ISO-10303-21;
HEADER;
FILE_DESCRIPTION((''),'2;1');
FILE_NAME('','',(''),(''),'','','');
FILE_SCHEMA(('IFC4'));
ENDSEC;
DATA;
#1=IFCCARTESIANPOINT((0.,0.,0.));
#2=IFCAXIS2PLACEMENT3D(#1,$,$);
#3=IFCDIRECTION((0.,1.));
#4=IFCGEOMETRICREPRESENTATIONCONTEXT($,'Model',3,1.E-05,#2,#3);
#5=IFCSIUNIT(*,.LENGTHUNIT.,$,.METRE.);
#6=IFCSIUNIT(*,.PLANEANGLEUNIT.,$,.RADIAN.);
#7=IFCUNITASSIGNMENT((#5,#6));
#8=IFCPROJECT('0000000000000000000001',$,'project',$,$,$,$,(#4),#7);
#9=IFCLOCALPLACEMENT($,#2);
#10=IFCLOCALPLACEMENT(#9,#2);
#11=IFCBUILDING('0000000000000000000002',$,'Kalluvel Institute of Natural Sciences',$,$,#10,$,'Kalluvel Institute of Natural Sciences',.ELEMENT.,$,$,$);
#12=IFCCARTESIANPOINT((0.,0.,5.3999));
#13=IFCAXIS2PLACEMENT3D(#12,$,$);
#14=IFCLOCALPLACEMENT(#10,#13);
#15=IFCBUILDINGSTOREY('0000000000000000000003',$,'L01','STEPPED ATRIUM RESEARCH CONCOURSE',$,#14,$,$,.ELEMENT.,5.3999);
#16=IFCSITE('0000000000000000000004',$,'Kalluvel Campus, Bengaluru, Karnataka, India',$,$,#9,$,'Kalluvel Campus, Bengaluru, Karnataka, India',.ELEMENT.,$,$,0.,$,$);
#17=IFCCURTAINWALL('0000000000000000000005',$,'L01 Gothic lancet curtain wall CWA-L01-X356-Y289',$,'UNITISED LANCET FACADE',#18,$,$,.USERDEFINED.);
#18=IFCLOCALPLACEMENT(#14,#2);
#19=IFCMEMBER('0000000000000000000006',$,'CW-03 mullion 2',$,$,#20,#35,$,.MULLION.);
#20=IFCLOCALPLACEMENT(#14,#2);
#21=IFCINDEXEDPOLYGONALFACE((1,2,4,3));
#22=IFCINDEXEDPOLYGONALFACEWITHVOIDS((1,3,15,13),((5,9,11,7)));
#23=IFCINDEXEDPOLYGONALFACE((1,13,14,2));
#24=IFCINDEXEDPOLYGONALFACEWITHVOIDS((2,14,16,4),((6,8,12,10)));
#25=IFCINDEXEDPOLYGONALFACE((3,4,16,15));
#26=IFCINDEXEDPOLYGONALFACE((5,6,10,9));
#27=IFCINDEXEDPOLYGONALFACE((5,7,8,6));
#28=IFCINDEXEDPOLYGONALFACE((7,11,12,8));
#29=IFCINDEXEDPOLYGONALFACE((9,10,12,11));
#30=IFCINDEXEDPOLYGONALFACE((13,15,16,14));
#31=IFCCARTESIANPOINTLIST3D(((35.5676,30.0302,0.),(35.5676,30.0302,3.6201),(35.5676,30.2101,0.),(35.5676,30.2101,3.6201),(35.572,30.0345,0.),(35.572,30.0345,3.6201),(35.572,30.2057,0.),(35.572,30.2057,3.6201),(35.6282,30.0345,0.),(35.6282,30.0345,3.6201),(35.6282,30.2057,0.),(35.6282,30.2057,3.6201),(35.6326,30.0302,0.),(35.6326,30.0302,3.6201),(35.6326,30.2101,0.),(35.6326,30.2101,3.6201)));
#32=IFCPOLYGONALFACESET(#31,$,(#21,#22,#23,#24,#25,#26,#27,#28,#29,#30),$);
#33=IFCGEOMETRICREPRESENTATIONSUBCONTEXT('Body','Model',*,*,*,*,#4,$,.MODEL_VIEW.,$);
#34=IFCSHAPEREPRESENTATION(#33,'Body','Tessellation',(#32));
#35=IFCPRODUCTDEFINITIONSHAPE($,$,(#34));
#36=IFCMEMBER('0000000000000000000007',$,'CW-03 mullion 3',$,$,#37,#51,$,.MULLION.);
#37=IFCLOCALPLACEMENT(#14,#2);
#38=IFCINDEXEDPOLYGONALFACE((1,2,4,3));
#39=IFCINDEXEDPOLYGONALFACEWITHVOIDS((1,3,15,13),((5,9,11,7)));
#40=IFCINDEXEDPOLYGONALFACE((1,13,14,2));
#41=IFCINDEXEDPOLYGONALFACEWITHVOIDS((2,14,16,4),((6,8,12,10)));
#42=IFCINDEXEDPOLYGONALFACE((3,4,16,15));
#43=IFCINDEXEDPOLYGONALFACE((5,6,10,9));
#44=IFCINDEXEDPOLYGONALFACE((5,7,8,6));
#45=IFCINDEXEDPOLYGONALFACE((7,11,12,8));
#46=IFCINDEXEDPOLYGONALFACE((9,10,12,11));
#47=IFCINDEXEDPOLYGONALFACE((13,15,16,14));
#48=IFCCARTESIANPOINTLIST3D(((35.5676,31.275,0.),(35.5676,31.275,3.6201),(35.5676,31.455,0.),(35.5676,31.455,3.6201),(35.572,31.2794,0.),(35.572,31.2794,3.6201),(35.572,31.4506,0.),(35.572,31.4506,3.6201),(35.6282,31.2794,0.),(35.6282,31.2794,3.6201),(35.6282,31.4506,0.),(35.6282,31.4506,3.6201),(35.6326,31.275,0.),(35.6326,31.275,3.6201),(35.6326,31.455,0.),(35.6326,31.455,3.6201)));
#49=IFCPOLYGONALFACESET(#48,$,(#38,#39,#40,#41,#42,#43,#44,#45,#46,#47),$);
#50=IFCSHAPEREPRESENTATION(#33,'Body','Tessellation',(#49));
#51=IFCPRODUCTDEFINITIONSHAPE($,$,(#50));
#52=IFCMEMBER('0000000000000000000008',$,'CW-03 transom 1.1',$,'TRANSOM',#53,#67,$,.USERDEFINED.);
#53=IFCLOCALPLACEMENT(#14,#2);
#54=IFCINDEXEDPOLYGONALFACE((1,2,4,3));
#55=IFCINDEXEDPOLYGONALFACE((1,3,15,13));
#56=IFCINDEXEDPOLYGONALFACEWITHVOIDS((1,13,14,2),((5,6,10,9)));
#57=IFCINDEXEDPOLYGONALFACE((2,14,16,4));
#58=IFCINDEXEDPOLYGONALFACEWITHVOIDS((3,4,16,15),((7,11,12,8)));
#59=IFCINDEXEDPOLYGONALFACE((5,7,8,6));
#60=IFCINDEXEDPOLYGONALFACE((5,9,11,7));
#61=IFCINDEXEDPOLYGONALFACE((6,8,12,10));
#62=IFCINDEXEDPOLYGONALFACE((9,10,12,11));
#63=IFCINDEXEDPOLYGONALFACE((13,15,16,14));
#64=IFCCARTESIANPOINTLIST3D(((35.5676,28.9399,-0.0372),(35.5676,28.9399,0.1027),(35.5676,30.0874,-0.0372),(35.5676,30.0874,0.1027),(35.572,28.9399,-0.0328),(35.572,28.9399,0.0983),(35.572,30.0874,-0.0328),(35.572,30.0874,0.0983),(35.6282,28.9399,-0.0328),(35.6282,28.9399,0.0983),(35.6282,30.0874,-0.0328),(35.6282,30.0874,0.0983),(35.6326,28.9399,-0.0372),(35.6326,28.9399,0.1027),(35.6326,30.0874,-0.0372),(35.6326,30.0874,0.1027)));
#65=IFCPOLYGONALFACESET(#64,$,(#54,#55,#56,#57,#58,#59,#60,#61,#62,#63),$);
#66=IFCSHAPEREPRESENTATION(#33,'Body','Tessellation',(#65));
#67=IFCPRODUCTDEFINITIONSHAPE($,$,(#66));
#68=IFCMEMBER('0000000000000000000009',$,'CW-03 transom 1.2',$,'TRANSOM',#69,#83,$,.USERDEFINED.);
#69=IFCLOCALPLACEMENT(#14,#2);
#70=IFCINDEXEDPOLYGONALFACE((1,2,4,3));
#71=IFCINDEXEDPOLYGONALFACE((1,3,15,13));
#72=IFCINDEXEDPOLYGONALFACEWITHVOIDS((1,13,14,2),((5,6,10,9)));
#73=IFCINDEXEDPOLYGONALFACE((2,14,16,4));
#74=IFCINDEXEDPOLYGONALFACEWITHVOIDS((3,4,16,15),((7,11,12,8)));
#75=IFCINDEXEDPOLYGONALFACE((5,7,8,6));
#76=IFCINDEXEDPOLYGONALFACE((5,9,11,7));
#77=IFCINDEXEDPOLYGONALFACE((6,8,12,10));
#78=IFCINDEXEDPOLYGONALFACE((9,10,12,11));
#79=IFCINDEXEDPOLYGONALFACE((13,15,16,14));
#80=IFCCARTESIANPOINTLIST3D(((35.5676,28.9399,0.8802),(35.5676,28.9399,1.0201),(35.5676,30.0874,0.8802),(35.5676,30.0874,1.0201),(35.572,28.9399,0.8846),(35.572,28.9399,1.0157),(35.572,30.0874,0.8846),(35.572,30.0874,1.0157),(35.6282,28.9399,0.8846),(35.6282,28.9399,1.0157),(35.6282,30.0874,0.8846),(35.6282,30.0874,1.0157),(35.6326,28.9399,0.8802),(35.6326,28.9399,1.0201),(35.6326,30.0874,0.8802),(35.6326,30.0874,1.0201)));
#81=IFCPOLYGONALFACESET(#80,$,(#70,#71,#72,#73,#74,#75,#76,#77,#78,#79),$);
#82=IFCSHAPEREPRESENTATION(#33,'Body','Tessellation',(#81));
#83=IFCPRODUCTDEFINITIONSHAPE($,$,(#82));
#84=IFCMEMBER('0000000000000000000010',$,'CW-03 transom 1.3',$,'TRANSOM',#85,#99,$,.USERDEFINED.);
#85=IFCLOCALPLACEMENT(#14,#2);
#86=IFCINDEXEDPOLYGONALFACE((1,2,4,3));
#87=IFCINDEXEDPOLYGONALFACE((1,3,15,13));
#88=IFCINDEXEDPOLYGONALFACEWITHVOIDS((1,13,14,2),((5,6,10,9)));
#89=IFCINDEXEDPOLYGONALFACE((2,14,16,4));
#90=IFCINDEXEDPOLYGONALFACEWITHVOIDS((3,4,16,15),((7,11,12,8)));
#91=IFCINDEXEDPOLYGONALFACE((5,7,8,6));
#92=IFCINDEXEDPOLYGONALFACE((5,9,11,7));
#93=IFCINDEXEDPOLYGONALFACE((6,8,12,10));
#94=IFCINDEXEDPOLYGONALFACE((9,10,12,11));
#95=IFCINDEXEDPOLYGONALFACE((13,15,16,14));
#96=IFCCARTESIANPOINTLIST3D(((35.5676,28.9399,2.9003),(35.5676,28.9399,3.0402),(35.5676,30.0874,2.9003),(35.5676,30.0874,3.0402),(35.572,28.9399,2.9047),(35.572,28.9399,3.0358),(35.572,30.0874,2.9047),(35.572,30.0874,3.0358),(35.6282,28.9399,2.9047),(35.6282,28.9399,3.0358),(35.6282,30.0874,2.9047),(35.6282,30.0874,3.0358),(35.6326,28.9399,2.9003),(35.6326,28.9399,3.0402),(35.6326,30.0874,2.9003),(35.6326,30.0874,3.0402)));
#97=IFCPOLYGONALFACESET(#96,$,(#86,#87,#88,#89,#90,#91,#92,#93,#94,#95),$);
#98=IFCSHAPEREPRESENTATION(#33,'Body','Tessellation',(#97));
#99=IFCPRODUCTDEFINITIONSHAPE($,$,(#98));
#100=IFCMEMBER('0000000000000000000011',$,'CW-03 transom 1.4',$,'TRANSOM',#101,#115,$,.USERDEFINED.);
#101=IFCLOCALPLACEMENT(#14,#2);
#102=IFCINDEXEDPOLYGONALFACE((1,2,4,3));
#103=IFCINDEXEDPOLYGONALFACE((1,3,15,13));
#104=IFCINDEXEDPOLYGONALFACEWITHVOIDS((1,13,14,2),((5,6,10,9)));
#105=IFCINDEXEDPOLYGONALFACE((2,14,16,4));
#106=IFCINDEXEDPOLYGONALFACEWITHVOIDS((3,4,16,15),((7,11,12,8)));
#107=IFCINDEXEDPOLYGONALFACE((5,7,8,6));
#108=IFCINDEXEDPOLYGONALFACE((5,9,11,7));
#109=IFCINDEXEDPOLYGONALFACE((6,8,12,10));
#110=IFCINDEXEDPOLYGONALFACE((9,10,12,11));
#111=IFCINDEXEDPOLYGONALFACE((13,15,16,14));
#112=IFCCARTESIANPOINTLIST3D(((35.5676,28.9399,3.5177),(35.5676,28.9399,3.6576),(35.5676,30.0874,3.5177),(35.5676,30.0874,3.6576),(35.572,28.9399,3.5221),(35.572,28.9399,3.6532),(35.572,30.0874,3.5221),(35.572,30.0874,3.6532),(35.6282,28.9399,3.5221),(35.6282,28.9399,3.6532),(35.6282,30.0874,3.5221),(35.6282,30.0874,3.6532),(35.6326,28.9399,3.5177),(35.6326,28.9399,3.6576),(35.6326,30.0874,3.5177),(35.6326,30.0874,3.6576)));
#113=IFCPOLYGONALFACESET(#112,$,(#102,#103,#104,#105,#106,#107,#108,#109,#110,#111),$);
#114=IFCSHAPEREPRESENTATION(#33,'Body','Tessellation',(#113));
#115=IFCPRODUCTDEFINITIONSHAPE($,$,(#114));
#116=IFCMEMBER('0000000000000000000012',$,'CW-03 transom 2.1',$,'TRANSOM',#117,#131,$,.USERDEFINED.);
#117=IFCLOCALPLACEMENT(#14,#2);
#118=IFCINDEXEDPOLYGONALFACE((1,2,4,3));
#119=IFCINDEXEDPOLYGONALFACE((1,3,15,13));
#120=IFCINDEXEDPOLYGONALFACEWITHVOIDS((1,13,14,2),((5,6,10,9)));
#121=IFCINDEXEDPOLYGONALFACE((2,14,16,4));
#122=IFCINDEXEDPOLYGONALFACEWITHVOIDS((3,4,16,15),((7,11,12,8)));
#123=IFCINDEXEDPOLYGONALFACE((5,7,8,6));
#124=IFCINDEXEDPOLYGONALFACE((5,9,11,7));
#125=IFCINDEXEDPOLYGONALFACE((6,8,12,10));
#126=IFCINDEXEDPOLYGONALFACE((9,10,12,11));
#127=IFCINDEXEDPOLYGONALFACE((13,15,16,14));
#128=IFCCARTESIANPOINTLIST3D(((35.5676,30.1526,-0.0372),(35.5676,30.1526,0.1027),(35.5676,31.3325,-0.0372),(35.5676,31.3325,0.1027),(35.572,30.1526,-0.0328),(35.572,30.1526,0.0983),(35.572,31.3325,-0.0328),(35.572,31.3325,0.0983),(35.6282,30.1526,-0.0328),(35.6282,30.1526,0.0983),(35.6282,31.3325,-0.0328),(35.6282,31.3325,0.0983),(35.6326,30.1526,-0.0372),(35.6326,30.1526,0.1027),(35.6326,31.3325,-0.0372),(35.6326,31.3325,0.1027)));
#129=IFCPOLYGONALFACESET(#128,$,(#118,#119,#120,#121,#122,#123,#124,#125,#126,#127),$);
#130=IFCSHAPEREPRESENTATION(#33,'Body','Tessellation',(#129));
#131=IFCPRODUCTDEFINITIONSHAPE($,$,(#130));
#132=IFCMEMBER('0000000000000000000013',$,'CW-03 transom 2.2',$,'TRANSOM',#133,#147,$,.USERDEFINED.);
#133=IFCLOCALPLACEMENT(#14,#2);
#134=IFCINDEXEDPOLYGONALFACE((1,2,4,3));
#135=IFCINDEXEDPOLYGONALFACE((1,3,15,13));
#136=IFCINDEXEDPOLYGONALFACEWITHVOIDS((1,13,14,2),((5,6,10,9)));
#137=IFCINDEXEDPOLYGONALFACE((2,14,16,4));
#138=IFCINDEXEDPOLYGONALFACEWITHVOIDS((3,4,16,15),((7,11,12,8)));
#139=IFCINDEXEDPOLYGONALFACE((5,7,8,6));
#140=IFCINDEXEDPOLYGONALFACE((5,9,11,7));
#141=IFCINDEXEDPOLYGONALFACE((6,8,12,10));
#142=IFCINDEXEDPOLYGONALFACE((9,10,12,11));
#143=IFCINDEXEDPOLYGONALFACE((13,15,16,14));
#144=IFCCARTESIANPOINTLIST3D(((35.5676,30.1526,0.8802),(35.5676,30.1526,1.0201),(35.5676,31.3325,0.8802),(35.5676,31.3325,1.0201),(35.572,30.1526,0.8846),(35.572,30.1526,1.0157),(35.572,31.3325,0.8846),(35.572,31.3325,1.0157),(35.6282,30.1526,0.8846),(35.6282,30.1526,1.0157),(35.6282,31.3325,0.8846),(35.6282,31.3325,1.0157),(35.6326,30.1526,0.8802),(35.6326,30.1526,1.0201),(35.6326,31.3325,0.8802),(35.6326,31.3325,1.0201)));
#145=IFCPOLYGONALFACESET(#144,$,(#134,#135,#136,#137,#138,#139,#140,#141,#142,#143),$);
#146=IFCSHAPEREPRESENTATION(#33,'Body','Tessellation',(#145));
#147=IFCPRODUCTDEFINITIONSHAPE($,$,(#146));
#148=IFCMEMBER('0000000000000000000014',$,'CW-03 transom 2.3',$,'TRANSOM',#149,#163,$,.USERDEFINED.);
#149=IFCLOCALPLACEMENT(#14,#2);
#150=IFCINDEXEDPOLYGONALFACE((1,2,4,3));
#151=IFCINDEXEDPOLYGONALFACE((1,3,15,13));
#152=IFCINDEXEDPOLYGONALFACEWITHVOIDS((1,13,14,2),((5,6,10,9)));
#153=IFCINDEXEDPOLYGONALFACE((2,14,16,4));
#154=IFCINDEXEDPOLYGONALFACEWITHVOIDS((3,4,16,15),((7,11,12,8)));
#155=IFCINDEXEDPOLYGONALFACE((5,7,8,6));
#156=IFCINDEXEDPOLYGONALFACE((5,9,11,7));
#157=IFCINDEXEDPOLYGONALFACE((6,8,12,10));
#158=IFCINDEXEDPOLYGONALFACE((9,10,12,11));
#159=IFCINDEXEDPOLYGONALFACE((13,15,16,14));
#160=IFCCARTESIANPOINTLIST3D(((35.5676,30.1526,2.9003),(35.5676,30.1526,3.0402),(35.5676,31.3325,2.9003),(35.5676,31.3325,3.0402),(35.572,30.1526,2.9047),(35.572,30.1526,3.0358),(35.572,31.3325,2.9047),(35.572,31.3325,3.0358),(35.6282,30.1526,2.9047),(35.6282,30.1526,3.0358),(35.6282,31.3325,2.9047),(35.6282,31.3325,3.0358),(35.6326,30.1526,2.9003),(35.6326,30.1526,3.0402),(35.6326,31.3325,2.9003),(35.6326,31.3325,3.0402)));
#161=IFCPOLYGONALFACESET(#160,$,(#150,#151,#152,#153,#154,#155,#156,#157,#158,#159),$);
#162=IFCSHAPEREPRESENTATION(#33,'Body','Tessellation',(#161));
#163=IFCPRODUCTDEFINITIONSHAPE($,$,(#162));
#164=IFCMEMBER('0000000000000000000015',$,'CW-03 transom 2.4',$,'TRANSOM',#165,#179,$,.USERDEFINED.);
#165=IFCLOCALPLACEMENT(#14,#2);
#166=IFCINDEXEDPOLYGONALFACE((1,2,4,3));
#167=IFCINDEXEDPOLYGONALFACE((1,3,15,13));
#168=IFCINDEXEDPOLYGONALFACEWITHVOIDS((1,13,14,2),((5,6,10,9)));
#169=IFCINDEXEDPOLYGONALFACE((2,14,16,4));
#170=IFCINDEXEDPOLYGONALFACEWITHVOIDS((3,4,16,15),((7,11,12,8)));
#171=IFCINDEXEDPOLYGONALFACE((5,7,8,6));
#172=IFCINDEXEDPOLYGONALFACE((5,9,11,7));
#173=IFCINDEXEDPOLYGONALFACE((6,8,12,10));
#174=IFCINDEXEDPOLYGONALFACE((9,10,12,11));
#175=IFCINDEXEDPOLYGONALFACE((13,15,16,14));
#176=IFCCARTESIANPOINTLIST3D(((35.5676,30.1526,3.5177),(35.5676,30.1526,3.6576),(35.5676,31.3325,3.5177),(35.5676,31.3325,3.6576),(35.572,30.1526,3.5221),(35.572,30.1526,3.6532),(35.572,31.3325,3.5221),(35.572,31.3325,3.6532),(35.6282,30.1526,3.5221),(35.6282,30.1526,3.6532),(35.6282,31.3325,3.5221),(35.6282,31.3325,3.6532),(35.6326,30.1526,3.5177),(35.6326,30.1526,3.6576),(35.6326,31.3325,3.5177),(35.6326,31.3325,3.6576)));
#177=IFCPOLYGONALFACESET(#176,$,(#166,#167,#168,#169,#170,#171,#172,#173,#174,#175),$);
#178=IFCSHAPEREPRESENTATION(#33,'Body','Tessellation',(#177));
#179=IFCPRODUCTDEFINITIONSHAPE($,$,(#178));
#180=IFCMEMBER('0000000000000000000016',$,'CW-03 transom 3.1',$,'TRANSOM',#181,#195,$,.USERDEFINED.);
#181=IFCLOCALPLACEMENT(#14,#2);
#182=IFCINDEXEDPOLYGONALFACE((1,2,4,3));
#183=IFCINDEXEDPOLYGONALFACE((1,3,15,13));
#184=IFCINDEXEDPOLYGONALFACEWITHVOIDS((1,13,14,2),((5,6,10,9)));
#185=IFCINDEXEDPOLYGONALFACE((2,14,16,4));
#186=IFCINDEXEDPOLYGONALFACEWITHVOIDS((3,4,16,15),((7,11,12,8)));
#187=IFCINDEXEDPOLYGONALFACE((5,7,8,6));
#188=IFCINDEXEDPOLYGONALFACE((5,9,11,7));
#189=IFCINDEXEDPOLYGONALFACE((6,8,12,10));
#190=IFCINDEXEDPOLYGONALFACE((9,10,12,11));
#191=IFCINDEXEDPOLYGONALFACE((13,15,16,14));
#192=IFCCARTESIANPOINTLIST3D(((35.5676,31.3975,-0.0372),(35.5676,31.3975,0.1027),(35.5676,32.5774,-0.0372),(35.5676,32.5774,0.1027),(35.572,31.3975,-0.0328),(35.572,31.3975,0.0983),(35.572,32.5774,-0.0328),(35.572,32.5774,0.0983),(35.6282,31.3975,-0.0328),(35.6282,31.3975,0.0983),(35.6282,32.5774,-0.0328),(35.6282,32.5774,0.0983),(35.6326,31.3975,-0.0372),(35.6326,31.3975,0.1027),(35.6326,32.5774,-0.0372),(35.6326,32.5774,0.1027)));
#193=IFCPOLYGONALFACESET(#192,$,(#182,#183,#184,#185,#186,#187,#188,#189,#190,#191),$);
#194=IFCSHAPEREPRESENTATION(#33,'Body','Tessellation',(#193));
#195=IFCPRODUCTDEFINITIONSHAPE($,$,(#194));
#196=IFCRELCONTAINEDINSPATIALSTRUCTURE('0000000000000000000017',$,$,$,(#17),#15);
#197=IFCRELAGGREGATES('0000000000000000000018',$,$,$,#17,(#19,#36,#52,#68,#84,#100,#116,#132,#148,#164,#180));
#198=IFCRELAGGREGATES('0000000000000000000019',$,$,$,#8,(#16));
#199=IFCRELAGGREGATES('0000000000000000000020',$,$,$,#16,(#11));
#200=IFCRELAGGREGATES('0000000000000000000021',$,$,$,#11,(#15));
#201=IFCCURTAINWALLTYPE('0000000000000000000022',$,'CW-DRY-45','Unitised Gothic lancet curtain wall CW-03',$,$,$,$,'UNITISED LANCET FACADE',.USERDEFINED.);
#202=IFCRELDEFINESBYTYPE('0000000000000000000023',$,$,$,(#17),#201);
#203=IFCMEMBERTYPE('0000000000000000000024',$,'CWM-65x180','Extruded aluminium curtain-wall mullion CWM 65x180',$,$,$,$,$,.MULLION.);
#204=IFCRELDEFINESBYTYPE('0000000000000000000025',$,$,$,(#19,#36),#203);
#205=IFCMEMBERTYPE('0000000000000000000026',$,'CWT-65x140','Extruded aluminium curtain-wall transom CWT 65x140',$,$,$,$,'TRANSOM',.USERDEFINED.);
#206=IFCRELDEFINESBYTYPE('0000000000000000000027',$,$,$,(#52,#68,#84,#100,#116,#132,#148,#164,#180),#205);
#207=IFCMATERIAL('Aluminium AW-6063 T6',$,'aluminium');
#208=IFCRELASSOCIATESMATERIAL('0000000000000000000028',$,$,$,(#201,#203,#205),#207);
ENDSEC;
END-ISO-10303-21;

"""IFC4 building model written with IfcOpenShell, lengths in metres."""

from ifc_helpers import new_model, si_unit, direction, frame, origin, origin_2d, place, context, subcontext, project, spatial, hollow_rectangle, extrude, material, material_profile, profile_set, type_object, element, aggregate, save


model = new_model("IFC4")

# Units and contexts
model_context = context("Model", 3, precision=1e-05, world=origin(), true_north=direction((0.0, 1.0)))
body_context = subcontext(model_context, "Body", "Model", "MODEL_VIEW")
ifc_project = project(units=[si_unit("LENGTHUNIT", "METRE"), si_unit("PLANEANGLEUNIT", "RADIAN")], contexts=[model_context])

# Site, building, storey
site_placement = place(None, origin())
site = spatial("IfcSite", under=ifc_project, at=site_placement, Name="Kalluvel Campus, Bengaluru, Karnataka, India", LongName="Kalluvel Campus, Bengaluru, Karnataka, India", CompositionType="ELEMENT", RefElevation=0.0)
building_placement = place(site_placement, origin())
building = spatial("IfcBuilding", under=site, at=building_placement, Name="Kalluvel Institute of Natural Sciences", LongName="Kalluvel Institute of Natural Sciences", CompositionType="ELEMENT")
storey_placement = place(building_placement, frame((0.0, 0.0, 5.3999)))
storey = spatial("IfcBuildingStorey", under=building, at=storey_placement, Name="L01", Description="STEPPED ATRIUM RESEARCH CONCOURSE", CompositionType="ELEMENT", Elevation=5.3999)

# Curtain wall, members
ifc_material_1 = material(Name="Aluminium AW-6063 T6", Category="aluminium")
curtain_wall_type = type_object("IfcCurtainWallType", Name="CW-DRY-45", Description="Unitised Gothic lancet curtain wall CW-03", ElementType="UNITISED LANCET FACADE", PredefinedType="USERDEFINED", material=ifc_material_1)
curtain_wall_placement = place(storey_placement, origin())
curtain_wall = element("IfcCurtainWall", 1, at=curtain_wall_placement, inside=storey, type_object=curtain_wall_type, Name="L01 Gothic lancet curtain wall CWA-L01-X356-Y289", ObjectType="UNITISED LANCET FACADE", PredefinedType="USERDEFINED")
ifc_material_profile_1 = material_profile(ifc_material_1, hollow_rectangle(XDim=0.0649, YDim=0.1799, WallThickness=0.0044, at=origin_2d()), Name="CWM 65x180")
ifc_profile_set_1 = profile_set([ifc_material_profile_1], Name="Aluminium AW-6063 T6")
member_type_1 = type_object("IfcMemberType", Name="CWM-65x180", Description="Extruded aluminium curtain-wall mullion CWM 65x180", PredefinedType="MULLION", material=ifc_profile_set_1)
member_1_placement = place(storey_placement, frame((35.6001, 30.1201, 0.0), z_axis=(0.0, 0.0, 1.0), x_axis=(-1.0, 0.0, 0.0)))
member_1 = element("IfcMember", 2, at=member_1_placement, type_object=member_type_1, Name="CW-03 mullion 2", PredefinedType="MULLION", context=body_context, shape_type="SweptSolid", body=[
    extrude(hollow_rectangle(XDim=0.0649, YDim=0.1799, WallThickness=0.0044, at=origin_2d()), origin(), (0.0, 0.0, 1.0), 3.6201),
])
member_2_placement = place(storey_placement, frame((35.6001, 31.365, 0.0), z_axis=(0.0, 0.0, 1.0), x_axis=(-1.0, 0.0, 0.0)))
member_2 = element("IfcMember", 3, at=member_2_placement, type_object=member_type_1, Name="CW-03 mullion 3", PredefinedType="MULLION", context=body_context, shape_type="SweptSolid", body=[
    extrude(hollow_rectangle(XDim=0.0649, YDim=0.1799, WallThickness=0.0044, at=origin_2d()), origin(), (0.0, 0.0, 1.0), 3.6201),
])
ifc_material_profile_2 = material_profile(ifc_material_1, hollow_rectangle(XDim=0.0649, YDim=0.1399, WallThickness=0.0044, at=origin_2d()), Name="CWT 65x140")
ifc_profile_set_2 = profile_set([ifc_material_profile_2], Name="Aluminium AW-6063 T6")
member_type_2 = type_object("IfcMemberType", Name="CWT-65x140", Description="Extruded aluminium curtain-wall transom CWT 65x140", ElementType="TRANSOM", PredefinedType="USERDEFINED", material=ifc_profile_set_2)
member_3_placement = place(storey_placement, frame((35.6001, 28.9399, 0.0327), z_axis=(0.0, 1.0, 0.0), x_axis=(-1.0, 0.0, 0.0)))
member_3 = element("IfcMember", 4, at=member_3_placement, type_object=member_type_2, Name="CW-03 transom 1.1", ObjectType="TRANSOM", PredefinedType="USERDEFINED", context=body_context, shape_type="SweptSolid", body=[
    extrude(hollow_rectangle(XDim=0.0649, YDim=0.1399, WallThickness=0.0044, at=origin_2d()), origin(), (0.0, 0.0, 1.0), 1.1475),
])
member_4_placement = place(storey_placement, frame((35.6001, 28.9399, 0.9502), z_axis=(0.0, 1.0, 0.0), x_axis=(-1.0, 0.0, 0.0)))
member_4 = element("IfcMember", 5, at=member_4_placement, type_object=member_type_2, Name="CW-03 transom 1.2", ObjectType="TRANSOM", PredefinedType="USERDEFINED", context=body_context, shape_type="SweptSolid", body=[
    extrude(hollow_rectangle(XDim=0.0649, YDim=0.1399, WallThickness=0.0044, at=origin_2d()), origin(), (0.0, 0.0, 1.0), 1.1475),
])
member_5_placement = place(storey_placement, frame((35.6001, 28.9399, 2.9702), z_axis=(0.0, 1.0, 0.0), x_axis=(-1.0, 0.0, 0.0)))
member_5 = element("IfcMember", 6, at=member_5_placement, type_object=member_type_2, Name="CW-03 transom 1.3", ObjectType="TRANSOM", PredefinedType="USERDEFINED", context=body_context, shape_type="SweptSolid", body=[
    extrude(hollow_rectangle(XDim=0.0649, YDim=0.1399, WallThickness=0.0044, at=origin_2d()), origin(), (0.0, 0.0, 1.0), 1.1475),
])
member_6_placement = place(storey_placement, frame((35.6001, 28.9399, 3.5876), z_axis=(0.0, 1.0, 0.0), x_axis=(-1.0, 0.0, 0.0)))
member_6 = element("IfcMember", 7, at=member_6_placement, type_object=member_type_2, Name="CW-03 transom 1.4", ObjectType="TRANSOM", PredefinedType="USERDEFINED", context=body_context, shape_type="SweptSolid", body=[
    extrude(hollow_rectangle(XDim=0.0649, YDim=0.1399, WallThickness=0.0044, at=origin_2d()), origin(), (0.0, 0.0, 1.0), 1.1475),
])
member_7_placement = place(storey_placement, frame((35.6001, 30.1526, 0.0327), z_axis=(0.0, 1.0, 0.0), x_axis=(-1.0, 0.0, 0.0)))
member_7 = element("IfcMember", 8, at=member_7_placement, type_object=member_type_2, Name="CW-03 transom 2.1", ObjectType="TRANSOM", PredefinedType="USERDEFINED", context=body_context, shape_type="SweptSolid", body=[
    extrude(hollow_rectangle(XDim=0.0649, YDim=0.1399, WallThickness=0.0044, at=origin_2d()), origin(), (0.0, 0.0, 1.0), 1.1799),
])
member_8_placement = place(storey_placement, frame((35.6001, 30.1526, 0.9502), z_axis=(0.0, 1.0, 0.0), x_axis=(-1.0, 0.0, 0.0)))
member_8 = element("IfcMember", 9, at=member_8_placement, type_object=member_type_2, Name="CW-03 transom 2.2", ObjectType="TRANSOM", PredefinedType="USERDEFINED", context=body_context, shape_type="SweptSolid", body=[
    extrude(hollow_rectangle(XDim=0.0649, YDim=0.1399, WallThickness=0.0044, at=origin_2d()), origin(), (0.0, 0.0, 1.0), 1.1799),
])
member_9_placement = place(storey_placement, frame((35.6001, 30.1526, 2.9702), z_axis=(0.0, 1.0, 0.0), x_axis=(-1.0, 0.0, 0.0)))
member_9 = element("IfcMember", 10, at=member_9_placement, type_object=member_type_2, Name="CW-03 transom 2.3", ObjectType="TRANSOM", PredefinedType="USERDEFINED", context=body_context, shape_type="SweptSolid", body=[
    extrude(hollow_rectangle(XDim=0.0649, YDim=0.1399, WallThickness=0.0044, at=origin_2d()), origin(), (0.0, 0.0, 1.0), 1.1799),
])
member_10_placement = place(storey_placement, frame((35.6001, 30.1526, 3.5876), z_axis=(0.0, 1.0, 0.0), x_axis=(-1.0, 0.0, 0.0)))
member_10 = element("IfcMember", 11, at=member_10_placement, type_object=member_type_2, Name="CW-03 transom 2.4", ObjectType="TRANSOM", PredefinedType="USERDEFINED", context=body_context, shape_type="SweptSolid", body=[
    extrude(hollow_rectangle(XDim=0.0649, YDim=0.1399, WallThickness=0.0044, at=origin_2d()), origin(), (0.0, 0.0, 1.0), 1.1799),
])
member_11_placement = place(storey_placement, frame((35.6001, 31.3975, 0.0327), z_axis=(0.0, 1.0, 0.0), x_axis=(-1.0, 0.0, 0.0)))
member_11 = element("IfcMember", 12, at=member_11_placement, type_object=member_type_2, Name="CW-03 transom 3.1", ObjectType="TRANSOM", PredefinedType="USERDEFINED", context=body_context, shape_type="SweptSolid", body=[
    extrude(hollow_rectangle(XDim=0.0649, YDim=0.1399, WallThickness=0.0044, at=origin_2d()), origin(), (0.0, 0.0, 1.0), 1.1799),
])

aggregate(curtain_wall, [member_1, member_2, member_3, member_4, member_5, member_6, member_7, member_8, member_9, member_10, member_11])

save(model, "model.ifc")
